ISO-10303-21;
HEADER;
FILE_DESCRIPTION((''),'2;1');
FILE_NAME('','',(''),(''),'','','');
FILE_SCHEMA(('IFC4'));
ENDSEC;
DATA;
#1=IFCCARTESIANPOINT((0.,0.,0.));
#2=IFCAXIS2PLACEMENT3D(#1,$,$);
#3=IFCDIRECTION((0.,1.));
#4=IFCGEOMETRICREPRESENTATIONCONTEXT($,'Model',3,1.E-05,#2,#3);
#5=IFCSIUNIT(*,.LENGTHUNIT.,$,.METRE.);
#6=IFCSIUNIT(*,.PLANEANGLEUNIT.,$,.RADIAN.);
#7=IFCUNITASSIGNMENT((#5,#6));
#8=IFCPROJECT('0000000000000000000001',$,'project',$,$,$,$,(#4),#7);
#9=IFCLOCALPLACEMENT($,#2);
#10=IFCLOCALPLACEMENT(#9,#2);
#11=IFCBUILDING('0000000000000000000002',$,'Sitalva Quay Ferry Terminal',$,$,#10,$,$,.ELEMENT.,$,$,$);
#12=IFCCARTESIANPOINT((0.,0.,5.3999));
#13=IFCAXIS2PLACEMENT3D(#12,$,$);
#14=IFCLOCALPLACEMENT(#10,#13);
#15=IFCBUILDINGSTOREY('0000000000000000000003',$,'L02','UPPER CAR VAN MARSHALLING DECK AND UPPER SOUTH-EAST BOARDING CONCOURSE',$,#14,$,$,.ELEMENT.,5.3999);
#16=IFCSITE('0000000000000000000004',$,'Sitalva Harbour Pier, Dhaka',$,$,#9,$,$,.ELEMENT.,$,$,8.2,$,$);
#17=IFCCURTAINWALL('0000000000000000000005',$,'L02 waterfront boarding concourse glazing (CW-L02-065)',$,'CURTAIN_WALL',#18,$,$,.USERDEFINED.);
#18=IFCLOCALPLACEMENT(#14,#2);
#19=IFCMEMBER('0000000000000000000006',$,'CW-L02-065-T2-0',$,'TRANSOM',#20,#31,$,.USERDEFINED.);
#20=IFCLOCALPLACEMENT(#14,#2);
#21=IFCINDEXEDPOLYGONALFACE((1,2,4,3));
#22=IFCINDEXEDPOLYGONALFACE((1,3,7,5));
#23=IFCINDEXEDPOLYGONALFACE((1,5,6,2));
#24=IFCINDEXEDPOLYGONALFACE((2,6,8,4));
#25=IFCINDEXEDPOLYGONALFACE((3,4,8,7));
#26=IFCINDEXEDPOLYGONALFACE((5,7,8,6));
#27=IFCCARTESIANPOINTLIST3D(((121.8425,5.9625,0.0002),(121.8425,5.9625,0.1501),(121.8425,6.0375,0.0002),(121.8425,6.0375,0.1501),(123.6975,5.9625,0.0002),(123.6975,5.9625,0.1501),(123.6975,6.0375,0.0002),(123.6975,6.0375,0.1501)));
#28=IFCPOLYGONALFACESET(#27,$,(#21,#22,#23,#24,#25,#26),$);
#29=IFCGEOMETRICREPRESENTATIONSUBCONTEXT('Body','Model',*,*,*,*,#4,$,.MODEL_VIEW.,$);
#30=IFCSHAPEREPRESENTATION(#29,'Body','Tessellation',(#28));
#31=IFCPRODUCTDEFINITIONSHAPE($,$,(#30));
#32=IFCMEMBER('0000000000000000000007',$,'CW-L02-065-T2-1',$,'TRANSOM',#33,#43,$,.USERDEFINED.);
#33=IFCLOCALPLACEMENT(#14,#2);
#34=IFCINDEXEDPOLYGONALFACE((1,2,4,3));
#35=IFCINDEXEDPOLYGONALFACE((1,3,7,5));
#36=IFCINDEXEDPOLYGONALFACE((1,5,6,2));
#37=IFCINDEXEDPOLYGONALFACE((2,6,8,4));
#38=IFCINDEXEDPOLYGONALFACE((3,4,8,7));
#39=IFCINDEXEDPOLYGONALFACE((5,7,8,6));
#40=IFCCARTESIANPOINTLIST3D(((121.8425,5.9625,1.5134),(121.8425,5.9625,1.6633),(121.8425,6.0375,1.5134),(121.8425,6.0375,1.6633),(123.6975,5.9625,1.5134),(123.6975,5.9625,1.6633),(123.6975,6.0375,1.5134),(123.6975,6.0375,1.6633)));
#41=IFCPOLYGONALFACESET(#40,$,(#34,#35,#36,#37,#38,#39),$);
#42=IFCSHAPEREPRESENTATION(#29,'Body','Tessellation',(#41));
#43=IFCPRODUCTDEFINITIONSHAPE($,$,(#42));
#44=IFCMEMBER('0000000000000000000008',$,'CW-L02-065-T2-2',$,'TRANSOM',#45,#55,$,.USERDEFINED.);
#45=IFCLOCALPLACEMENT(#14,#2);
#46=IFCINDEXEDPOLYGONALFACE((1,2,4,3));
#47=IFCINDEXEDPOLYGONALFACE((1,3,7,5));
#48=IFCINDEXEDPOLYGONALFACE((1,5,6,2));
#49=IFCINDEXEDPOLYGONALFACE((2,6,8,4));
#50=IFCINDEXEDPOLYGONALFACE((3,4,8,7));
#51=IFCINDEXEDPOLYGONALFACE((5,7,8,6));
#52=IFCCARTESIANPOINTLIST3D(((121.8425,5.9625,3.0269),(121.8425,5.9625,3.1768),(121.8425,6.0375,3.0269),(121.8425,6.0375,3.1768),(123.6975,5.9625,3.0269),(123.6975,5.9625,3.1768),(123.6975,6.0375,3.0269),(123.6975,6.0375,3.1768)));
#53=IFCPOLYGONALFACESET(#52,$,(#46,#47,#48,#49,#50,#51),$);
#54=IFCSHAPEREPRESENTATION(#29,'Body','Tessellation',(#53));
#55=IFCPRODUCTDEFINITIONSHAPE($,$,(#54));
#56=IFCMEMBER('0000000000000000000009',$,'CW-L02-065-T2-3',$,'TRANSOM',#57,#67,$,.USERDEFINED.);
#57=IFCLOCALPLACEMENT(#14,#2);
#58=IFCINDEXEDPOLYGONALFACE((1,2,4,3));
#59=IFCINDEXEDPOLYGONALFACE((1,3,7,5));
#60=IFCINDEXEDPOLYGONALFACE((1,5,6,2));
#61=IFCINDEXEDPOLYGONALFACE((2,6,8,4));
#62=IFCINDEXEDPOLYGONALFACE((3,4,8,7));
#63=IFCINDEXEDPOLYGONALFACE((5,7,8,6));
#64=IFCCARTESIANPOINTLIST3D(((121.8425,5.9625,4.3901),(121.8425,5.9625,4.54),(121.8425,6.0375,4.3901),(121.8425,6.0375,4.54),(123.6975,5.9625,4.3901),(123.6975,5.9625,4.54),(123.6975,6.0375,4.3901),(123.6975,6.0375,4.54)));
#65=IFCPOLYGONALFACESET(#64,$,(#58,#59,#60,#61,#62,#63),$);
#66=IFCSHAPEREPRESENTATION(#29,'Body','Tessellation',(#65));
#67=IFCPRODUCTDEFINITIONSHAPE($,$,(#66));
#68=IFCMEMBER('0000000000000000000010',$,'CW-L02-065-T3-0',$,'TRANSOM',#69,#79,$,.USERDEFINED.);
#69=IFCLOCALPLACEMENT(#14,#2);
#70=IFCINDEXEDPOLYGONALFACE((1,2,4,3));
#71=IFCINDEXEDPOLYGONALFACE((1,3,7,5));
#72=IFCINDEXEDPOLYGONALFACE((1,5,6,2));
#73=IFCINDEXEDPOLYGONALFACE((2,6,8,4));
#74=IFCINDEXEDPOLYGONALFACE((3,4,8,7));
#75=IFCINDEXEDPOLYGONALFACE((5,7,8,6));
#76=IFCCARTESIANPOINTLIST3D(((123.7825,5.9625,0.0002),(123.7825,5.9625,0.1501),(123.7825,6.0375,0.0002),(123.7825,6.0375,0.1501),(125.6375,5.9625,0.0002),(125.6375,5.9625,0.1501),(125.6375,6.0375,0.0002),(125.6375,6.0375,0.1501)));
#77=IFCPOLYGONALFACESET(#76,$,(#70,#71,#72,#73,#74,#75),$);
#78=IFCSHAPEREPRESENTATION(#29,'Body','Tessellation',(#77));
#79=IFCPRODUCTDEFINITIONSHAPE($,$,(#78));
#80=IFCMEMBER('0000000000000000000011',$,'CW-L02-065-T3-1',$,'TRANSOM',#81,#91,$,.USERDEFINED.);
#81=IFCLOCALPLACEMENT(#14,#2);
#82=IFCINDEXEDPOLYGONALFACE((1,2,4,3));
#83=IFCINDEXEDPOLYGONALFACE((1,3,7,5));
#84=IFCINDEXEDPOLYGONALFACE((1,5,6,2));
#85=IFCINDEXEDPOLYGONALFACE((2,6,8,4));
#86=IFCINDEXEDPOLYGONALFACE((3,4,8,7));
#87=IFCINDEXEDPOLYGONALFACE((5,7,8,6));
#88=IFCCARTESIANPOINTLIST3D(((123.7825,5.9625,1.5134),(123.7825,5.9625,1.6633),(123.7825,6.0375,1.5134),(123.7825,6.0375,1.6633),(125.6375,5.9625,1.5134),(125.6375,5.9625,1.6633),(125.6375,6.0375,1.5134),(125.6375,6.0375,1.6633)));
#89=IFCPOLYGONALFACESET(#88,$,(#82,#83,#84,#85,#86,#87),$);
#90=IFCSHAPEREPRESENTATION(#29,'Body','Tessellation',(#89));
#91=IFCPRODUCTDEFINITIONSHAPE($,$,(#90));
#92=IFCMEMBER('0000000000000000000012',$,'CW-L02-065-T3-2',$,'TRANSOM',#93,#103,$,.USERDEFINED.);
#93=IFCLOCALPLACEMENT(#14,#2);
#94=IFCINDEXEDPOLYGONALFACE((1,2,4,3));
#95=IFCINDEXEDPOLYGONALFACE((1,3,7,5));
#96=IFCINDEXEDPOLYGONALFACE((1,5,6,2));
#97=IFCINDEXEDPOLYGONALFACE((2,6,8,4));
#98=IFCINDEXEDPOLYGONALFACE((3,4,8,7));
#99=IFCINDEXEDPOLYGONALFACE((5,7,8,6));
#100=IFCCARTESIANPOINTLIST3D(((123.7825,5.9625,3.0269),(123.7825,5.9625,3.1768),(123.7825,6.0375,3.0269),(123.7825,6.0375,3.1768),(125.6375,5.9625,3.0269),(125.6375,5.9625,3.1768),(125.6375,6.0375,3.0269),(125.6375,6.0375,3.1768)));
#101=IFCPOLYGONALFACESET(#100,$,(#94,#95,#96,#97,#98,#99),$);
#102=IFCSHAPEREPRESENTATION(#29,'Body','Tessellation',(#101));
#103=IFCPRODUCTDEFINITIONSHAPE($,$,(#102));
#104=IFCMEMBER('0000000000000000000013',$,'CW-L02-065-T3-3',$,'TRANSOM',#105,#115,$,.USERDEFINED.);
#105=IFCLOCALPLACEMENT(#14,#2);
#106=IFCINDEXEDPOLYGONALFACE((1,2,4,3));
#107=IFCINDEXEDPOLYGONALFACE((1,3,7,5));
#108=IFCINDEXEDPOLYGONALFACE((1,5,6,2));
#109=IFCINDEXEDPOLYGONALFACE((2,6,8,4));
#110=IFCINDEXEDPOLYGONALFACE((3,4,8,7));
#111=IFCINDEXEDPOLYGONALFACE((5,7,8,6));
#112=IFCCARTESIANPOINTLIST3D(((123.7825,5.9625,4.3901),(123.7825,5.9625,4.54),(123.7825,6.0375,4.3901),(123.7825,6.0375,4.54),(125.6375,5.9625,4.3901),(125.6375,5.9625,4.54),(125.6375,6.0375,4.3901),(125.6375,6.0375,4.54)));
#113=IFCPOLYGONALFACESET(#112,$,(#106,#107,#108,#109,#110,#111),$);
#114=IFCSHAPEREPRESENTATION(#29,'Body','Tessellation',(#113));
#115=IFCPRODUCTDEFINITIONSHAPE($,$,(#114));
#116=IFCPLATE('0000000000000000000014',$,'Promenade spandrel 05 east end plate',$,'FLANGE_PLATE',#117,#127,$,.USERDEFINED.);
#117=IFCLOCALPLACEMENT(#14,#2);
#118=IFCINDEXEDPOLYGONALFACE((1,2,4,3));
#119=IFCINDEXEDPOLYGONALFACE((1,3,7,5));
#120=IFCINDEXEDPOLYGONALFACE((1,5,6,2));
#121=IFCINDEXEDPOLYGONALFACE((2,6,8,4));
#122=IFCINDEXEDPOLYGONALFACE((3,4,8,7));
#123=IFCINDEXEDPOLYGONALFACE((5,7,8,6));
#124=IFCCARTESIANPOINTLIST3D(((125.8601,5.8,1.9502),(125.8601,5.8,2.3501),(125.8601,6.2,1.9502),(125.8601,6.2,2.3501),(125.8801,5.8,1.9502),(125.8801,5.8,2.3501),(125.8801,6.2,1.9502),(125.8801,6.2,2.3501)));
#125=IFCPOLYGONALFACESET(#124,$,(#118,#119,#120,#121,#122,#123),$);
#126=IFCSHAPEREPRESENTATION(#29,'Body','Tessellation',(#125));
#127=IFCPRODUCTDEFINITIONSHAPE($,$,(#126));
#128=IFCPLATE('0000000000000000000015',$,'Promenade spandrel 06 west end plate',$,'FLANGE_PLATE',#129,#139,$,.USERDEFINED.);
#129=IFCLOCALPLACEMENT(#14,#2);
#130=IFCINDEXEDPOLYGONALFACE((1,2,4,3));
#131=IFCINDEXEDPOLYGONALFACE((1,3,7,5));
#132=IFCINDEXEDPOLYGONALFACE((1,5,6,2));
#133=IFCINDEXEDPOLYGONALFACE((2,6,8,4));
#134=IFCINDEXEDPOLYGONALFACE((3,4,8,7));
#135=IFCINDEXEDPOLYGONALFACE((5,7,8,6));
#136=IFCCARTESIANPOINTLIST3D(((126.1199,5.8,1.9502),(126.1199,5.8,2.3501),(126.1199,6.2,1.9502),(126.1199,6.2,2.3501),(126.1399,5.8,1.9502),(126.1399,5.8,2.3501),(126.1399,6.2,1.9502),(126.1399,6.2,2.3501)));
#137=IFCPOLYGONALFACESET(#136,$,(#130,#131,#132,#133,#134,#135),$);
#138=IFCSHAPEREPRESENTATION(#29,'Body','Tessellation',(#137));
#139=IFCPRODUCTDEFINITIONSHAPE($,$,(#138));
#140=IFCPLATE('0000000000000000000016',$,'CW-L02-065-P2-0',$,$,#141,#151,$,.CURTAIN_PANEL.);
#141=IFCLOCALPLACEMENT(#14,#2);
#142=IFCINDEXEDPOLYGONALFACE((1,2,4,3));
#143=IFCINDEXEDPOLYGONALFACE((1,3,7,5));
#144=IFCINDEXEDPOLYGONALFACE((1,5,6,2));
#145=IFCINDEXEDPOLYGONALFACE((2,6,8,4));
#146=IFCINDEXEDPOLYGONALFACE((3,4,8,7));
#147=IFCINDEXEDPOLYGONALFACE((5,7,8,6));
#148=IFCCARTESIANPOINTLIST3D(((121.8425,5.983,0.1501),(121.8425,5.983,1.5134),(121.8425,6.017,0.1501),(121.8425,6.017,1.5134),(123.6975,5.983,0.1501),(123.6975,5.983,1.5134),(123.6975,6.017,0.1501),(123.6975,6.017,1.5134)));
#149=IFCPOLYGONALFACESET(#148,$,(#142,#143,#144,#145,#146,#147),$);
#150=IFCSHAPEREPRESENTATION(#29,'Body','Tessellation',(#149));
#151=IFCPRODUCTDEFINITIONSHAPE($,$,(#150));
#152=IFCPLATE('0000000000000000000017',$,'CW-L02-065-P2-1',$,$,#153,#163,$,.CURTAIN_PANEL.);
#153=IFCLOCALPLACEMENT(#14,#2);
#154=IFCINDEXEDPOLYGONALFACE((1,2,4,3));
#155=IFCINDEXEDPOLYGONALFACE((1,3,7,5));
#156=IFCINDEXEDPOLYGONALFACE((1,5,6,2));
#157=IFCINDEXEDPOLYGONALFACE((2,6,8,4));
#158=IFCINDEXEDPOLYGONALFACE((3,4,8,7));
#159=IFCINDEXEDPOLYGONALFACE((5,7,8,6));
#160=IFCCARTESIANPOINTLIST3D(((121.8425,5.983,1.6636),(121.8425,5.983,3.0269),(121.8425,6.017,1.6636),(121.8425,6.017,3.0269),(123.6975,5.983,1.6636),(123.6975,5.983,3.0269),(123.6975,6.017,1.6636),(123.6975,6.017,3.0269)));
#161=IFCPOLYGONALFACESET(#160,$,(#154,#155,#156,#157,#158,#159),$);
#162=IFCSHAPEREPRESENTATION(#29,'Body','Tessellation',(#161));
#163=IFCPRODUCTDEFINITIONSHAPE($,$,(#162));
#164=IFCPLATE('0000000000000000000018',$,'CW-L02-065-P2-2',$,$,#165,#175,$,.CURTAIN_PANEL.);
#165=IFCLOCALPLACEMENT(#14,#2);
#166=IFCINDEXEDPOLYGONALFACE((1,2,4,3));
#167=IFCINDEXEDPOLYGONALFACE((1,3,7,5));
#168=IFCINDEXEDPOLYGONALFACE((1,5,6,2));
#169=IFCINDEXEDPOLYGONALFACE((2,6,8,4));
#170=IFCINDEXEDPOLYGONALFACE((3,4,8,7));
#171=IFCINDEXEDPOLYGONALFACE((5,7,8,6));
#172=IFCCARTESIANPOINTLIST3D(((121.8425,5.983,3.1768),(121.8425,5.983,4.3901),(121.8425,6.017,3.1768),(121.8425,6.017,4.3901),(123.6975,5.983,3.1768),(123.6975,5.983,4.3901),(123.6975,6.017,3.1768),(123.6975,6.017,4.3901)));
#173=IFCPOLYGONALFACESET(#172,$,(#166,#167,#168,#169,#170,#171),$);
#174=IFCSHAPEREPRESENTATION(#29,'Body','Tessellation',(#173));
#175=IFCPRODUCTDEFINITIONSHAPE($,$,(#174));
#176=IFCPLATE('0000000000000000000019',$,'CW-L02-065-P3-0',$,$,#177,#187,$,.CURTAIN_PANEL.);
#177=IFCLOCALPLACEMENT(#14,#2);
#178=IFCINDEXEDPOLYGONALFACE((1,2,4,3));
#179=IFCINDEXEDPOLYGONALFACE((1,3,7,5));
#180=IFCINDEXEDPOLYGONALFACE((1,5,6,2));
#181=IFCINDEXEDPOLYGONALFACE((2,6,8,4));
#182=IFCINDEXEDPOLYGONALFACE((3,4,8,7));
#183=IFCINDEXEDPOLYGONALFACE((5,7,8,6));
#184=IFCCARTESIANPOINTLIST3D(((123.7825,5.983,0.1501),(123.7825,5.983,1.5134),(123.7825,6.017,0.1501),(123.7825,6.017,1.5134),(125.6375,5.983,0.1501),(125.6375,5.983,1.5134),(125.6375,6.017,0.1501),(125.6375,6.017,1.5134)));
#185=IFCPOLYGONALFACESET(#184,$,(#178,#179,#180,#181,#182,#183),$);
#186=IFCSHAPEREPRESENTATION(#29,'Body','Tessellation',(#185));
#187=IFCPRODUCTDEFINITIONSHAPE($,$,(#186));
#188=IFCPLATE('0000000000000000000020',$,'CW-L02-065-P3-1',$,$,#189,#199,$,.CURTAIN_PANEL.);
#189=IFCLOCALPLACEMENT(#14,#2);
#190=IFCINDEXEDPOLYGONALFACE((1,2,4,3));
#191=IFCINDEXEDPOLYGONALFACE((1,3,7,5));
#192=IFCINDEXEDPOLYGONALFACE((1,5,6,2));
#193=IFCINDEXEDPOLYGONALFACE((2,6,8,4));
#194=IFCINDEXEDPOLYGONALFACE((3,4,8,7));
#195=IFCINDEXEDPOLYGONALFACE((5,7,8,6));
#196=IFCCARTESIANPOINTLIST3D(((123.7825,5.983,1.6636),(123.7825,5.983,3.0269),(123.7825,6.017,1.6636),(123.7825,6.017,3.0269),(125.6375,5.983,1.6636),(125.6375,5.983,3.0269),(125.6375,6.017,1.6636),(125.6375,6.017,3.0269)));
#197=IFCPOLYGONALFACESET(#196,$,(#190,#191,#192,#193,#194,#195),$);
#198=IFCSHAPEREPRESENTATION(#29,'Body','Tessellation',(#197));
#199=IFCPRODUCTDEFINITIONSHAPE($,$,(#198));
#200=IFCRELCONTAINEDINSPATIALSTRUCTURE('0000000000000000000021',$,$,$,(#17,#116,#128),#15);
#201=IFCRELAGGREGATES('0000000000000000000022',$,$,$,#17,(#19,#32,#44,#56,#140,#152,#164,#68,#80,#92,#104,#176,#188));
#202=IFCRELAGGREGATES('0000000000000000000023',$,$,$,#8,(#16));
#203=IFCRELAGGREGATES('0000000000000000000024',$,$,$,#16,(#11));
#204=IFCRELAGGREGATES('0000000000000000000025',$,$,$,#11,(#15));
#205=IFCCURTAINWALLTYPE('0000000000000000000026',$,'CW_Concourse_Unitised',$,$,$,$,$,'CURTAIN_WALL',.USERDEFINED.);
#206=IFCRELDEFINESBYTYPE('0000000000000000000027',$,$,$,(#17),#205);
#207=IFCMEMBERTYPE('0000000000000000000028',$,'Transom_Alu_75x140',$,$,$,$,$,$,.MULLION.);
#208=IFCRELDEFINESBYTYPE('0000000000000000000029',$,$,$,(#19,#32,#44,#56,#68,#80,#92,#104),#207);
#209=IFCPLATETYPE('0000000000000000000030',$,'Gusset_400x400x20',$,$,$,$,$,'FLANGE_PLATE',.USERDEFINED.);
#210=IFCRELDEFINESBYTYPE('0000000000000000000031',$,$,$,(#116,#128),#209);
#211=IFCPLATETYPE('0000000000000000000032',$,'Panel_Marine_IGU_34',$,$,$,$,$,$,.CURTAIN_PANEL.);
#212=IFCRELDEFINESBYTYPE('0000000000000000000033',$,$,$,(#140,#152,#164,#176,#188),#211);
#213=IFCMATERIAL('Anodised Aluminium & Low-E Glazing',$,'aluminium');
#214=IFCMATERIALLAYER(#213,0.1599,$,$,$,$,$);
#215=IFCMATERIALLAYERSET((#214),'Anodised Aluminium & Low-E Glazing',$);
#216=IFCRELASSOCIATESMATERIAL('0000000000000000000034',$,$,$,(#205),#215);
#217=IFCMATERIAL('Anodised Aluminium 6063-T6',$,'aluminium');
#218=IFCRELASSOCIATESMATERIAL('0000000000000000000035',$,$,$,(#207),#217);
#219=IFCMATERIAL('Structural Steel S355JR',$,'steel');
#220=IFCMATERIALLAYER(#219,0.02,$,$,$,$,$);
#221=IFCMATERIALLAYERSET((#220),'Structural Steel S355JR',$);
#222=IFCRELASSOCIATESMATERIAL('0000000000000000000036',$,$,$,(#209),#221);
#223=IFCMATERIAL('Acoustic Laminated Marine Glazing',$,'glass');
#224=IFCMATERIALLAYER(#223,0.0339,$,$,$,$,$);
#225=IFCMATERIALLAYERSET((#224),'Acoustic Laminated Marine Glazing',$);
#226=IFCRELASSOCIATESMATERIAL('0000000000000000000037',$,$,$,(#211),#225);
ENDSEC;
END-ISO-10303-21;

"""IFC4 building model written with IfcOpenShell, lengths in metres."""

from ifc_helpers import new_model, si_unit, direction, frame, origin, origin_2d, place, context, subcontext, project, spatial, rectangle, extrude, material, layer, layer_set, material_profile, profile_set, type_object, element, aggregate, save


model = new_model("IFC4")

# Units and contexts
model_context = context("Model", 3, precision=1e-05, world=origin(), true_north=direction((0.0, 1.0)))
body_context = subcontext(model_context, "Body", "Model", "MODEL_VIEW")
ifc_project = project(units=[si_unit("LENGTHUNIT", "METRE"), si_unit("PLANEANGLEUNIT", "RADIAN")], contexts=[model_context])

# Site, building, storey
site_placement = place(None, origin())
site = spatial("IfcSite", under=ifc_project, at=site_placement, Name="Sitalva Harbour Pier, Dhaka", CompositionType="ELEMENT", RefElevation=8.2)
building_placement = place(site_placement, origin())
building = spatial("IfcBuilding", under=site, at=building_placement, Name="Sitalva Quay Ferry Terminal", CompositionType="ELEMENT")
storey_placement = place(building_placement, frame((0.0, 0.0, 5.3999)))
storey = spatial("IfcBuildingStorey", under=building, at=storey_placement, Name="L02", Description="UPPER CAR VAN MARSHALLING DECK AND UPPER SOUTH-EAST BOARDING CONCOURSE", CompositionType="ELEMENT", Elevation=5.3999)

# Curtain wall, members
ifc_material_1 = material(Name="Anodised Aluminium & Low-E Glazing", Category="aluminium")
ifc_layer_1 = layer(ifc_material_1, 0.1599)
ifc_layer_set_1 = layer_set([ifc_layer_1], Name="Anodised Aluminium & Low-E Glazing")
curtain_wall_type = type_object("IfcCurtainWallType", Name="CW_Concourse_Unitised", ElementType="CURTAIN_WALL", PredefinedType="USERDEFINED", material=ifc_layer_set_1)
curtain_wall_placement = place(storey_placement, origin())
curtain_wall = element("IfcCurtainWall", 1, at=curtain_wall_placement, inside=storey, type_object=curtain_wall_type, Name="L02 waterfront boarding concourse glazing (CW-L02-065)", ObjectType="CURTAIN_WALL", PredefinedType="USERDEFINED")
ifc_material_2 = material(Name="Anodised Aluminium 6063-T6", Category="aluminium")
ifc_material_profile_1 = material_profile(ifc_material_2, rectangle(XDim=0.075, YDim=0.1499, at=origin_2d()), Name="ALU75x150")
ifc_profile_set_1 = profile_set([ifc_material_profile_1], Name="Anodised Aluminium 6063-T6")
member_type_1 = type_object("IfcMemberType", Name="Transom_Alu_75x140", PredefinedType="MULLION", material=ifc_profile_set_1)
member_1_placement = place(storey_placement, frame((121.8425, 6.0, 0.0752), z_axis=(1.0, 0.0, 0.0), x_axis=(0.0, 1.0, 0.0)))
member_1 = element("IfcMember", 2, at=member_1_placement, type_object=member_type_1, Name="CW-L02-065-T2-0", ObjectType="TRANSOM", PredefinedType="USERDEFINED", context=body_context, shape_type="SweptSolid", body=[
    extrude(rectangle(XDim=0.075, YDim=0.1499, at=origin_2d()), origin(), (0.0, 0.0, 1.0), 1.855),
])
member_2_placement = place(storey_placement, frame((121.8425, 6.0, 1.5884), z_axis=(1.0, 0.0, 0.0), x_axis=(0.0, 1.0, 0.0)))
member_2 = element("IfcMember", 3, at=member_2_placement, type_object=member_type_1, Name="CW-L02-065-T2-1", ObjectType="TRANSOM", PredefinedType="USERDEFINED", context=body_context, shape_type="SweptSolid", body=[
    extrude(rectangle(XDim=0.075, YDim=0.1499, at=origin_2d()), origin(), (0.0, 0.0, 1.0), 1.855),
])
member_3_placement = place(storey_placement, frame((121.8425, 6.0, 3.1018), z_axis=(1.0, 0.0, 0.0), x_axis=(0.0, 1.0, 0.0)))
member_3 = element("IfcMember", 4, at=member_3_placement, type_object=member_type_1, Name="CW-L02-065-T2-2", ObjectType="TRANSOM", PredefinedType="USERDEFINED", context=body_context, shape_type="SweptSolid", body=[
    extrude(rectangle(XDim=0.075, YDim=0.1499, at=origin_2d()), origin(), (0.0, 0.0, 1.0), 1.855),
])
member_4_placement = place(storey_placement, frame((121.8425, 6.0, 4.4651), z_axis=(1.0, 0.0, 0.0), x_axis=(0.0, 1.0, 0.0)))
member_4 = element("IfcMember", 5, at=member_4_placement, type_object=member_type_1, Name="CW-L02-065-T2-3", ObjectType="TRANSOM", PredefinedType="USERDEFINED", context=body_context, shape_type="SweptSolid", body=[
    extrude(rectangle(XDim=0.075, YDim=0.1499, at=origin_2d()), origin(), (0.0, 0.0, 1.0), 1.855),
])
member_5_placement = place(storey_placement, frame((123.7825, 6.0, 0.0752), z_axis=(1.0, 0.0, 0.0), x_axis=(0.0, 1.0, 0.0)))
member_5 = element("IfcMember", 6, at=member_5_placement, type_object=member_type_1, Name="CW-L02-065-T3-0", ObjectType="TRANSOM", PredefinedType="USERDEFINED", context=body_context, shape_type="SweptSolid", body=[
    extrude(rectangle(XDim=0.075, YDim=0.1499, at=origin_2d()), origin(), (0.0, 0.0, 1.0), 1.855),
])
member_6_placement = place(storey_placement, frame((123.7825, 6.0, 1.5884), z_axis=(1.0, 0.0, 0.0), x_axis=(0.0, 1.0, 0.0)))
member_6 = element("IfcMember", 7, at=member_6_placement, type_object=member_type_1, Name="CW-L02-065-T3-1", ObjectType="TRANSOM", PredefinedType="USERDEFINED", context=body_context, shape_type="SweptSolid", body=[
    extrude(rectangle(XDim=0.075, YDim=0.1499, at=origin_2d()), origin(), (0.0, 0.0, 1.0), 1.855),
])
member_7_placement = place(storey_placement, frame((123.7825, 6.0, 3.1018), z_axis=(1.0, 0.0, 0.0), x_axis=(0.0, 1.0, 0.0)))
member_7 = element("IfcMember", 8, at=member_7_placement, type_object=member_type_1, Name="CW-L02-065-T3-2", ObjectType="TRANSOM", PredefinedType="USERDEFINED", context=body_context, shape_type="SweptSolid", body=[
    extrude(rectangle(XDim=0.075, YDim=0.1499, at=origin_2d()), origin(), (0.0, 0.0, 1.0), 1.855),
])
member_8_placement = place(storey_placement, frame((123.7825, 6.0, 4.4651), z_axis=(1.0, 0.0, 0.0), x_axis=(0.0, 1.0, 0.0)))
member_8 = element("IfcMember", 9, at=member_8_placement, type_object=member_type_1, Name="CW-L02-065-T3-3", ObjectType="TRANSOM", PredefinedType="USERDEFINED", context=body_context, shape_type="SweptSolid", body=[
    extrude(rectangle(XDim=0.075, YDim=0.1499, at=origin_2d()), origin(), (0.0, 0.0, 1.0), 1.855),
])

# Plates
ifc_material_3 = material(Name="Structural Steel S355JR", Category="steel")
ifc_layer_2 = layer(ifc_material_3, 0.02)
ifc_layer_set_2 = layer_set([ifc_layer_2], Name="Structural Steel S355JR")
plate_type_1 = type_object("IfcPlateType", Name="Gusset_400x400x20", ElementType="FLANGE_PLATE", PredefinedType="USERDEFINED", material=ifc_layer_set_2)
for number, where, z_axis, x_axis, name in (
    (10, (125.8701, 6.0, 1.9502), (0.0, 0.0, 1.0), (1.0, 0.0, 0.0), "Promenade spandrel 05 east end plate"),
    (11, (126.1299, 6.0, 1.9502), (0.0, 0.0, 1.0), (1.0, 0.0, 0.0), "Promenade spandrel 06 west end plate"),
):
    element("IfcPlate", number, at=place(storey_placement, frame(where, z_axis=z_axis, x_axis=x_axis)), inside=storey, type_object=plate_type_1, Name=name, ObjectType="FLANGE_PLATE", PredefinedType="USERDEFINED", context=body_context, shape_type="SweptSolid", body=[
        extrude(rectangle(XDim=0.02, YDim=0.3999, at=origin_2d()), origin(), (0.0, 0.0, 1.0), 0.3999),
    ])

# Plates
ifc_material_4 = material(Name="Acoustic Laminated Marine Glazing", Category="glass")
ifc_layer_3 = layer(ifc_material_4, 0.0339)
ifc_layer_set_3 = layer_set([ifc_layer_3], Name="Acoustic Laminated Marine Glazing")
plate_type_2 = type_object("IfcPlateType", Name="Panel_Marine_IGU_34", PredefinedType="CURTAIN_PANEL", material=ifc_layer_set_3)
plate_1_placement = place(storey_placement, frame((122.77, 6.0, 0.1501), z_axis=(0.0, 0.0, 1.0), x_axis=(1.0, 0.0, 0.0)))
plate_1 = element("IfcPlate", 12, at=plate_1_placement, type_object=plate_type_2, Name="CW-L02-065-P2-0", PredefinedType="CURTAIN_PANEL", context=body_context, shape_type="SweptSolid", body=[
    extrude(rectangle(XDim=1.855, YDim=0.0339, at=origin_2d()), origin(), (0.0, 0.0, 1.0), 1.3633),
])
plate_2_placement = place(storey_placement, frame((122.77, 6.0, 1.6636), z_axis=(0.0, 0.0, 1.0), x_axis=(1.0, 0.0, 0.0)))
plate_2 = element("IfcPlate", 13, at=plate_2_placement, type_object=plate_type_2, Name="CW-L02-065-P2-1", PredefinedType="CURTAIN_PANEL", context=body_context, shape_type="SweptSolid", body=[
    extrude(rectangle(XDim=1.855, YDim=0.0339, at=origin_2d()), origin(), (0.0, 0.0, 1.0), 1.3633),
])
plate_3_placement = place(storey_placement, frame((122.77, 6.0, 3.1768), z_axis=(0.0, 0.0, 1.0), x_axis=(1.0, 0.0, 0.0)))
plate_3 = element("IfcPlate", 14, at=plate_3_placement, type_object=plate_type_2, Name="CW-L02-065-P2-2", PredefinedType="CURTAIN_PANEL", context=body_context, shape_type="SweptSolid", body=[
    extrude(rectangle(XDim=1.855, YDim=0.0339, at=origin_2d()), origin(), (0.0, 0.0, 1.0), 1.2134),
])
plate_4_placement = place(storey_placement, frame((124.71, 6.0, 0.1501), z_axis=(0.0, 0.0, 1.0), x_axis=(1.0, 0.0, 0.0)))
plate_4 = element("IfcPlate", 15, at=plate_4_placement, type_object=plate_type_2, Name="CW-L02-065-P3-0", PredefinedType="CURTAIN_PANEL", context=body_context, shape_type="SweptSolid", body=[
    extrude(rectangle(XDim=1.855, YDim=0.0339, at=origin_2d()), origin(), (0.0, 0.0, 1.0), 1.3633),
])
plate_5_placement = place(storey_placement, frame((124.71, 6.0, 1.6636), z_axis=(0.0, 0.0, 1.0), x_axis=(1.0, 0.0, 0.0)))
plate_5 = element("IfcPlate", 16, at=plate_5_placement, type_object=plate_type_2, Name="CW-L02-065-P3-1", PredefinedType="CURTAIN_PANEL", context=body_context, shape_type="SweptSolid", body=[
    extrude(rectangle(XDim=1.855, YDim=0.0339, at=origin_2d()), origin(), (0.0, 0.0, 1.0), 1.3633),
])
aggregate(curtain_wall, [member_1, member_2, member_3, member_4, plate_1, plate_2, plate_3, member_5, member_6, member_7, member_8, plate_4, plate_5])

save(model, "model.ifc")
